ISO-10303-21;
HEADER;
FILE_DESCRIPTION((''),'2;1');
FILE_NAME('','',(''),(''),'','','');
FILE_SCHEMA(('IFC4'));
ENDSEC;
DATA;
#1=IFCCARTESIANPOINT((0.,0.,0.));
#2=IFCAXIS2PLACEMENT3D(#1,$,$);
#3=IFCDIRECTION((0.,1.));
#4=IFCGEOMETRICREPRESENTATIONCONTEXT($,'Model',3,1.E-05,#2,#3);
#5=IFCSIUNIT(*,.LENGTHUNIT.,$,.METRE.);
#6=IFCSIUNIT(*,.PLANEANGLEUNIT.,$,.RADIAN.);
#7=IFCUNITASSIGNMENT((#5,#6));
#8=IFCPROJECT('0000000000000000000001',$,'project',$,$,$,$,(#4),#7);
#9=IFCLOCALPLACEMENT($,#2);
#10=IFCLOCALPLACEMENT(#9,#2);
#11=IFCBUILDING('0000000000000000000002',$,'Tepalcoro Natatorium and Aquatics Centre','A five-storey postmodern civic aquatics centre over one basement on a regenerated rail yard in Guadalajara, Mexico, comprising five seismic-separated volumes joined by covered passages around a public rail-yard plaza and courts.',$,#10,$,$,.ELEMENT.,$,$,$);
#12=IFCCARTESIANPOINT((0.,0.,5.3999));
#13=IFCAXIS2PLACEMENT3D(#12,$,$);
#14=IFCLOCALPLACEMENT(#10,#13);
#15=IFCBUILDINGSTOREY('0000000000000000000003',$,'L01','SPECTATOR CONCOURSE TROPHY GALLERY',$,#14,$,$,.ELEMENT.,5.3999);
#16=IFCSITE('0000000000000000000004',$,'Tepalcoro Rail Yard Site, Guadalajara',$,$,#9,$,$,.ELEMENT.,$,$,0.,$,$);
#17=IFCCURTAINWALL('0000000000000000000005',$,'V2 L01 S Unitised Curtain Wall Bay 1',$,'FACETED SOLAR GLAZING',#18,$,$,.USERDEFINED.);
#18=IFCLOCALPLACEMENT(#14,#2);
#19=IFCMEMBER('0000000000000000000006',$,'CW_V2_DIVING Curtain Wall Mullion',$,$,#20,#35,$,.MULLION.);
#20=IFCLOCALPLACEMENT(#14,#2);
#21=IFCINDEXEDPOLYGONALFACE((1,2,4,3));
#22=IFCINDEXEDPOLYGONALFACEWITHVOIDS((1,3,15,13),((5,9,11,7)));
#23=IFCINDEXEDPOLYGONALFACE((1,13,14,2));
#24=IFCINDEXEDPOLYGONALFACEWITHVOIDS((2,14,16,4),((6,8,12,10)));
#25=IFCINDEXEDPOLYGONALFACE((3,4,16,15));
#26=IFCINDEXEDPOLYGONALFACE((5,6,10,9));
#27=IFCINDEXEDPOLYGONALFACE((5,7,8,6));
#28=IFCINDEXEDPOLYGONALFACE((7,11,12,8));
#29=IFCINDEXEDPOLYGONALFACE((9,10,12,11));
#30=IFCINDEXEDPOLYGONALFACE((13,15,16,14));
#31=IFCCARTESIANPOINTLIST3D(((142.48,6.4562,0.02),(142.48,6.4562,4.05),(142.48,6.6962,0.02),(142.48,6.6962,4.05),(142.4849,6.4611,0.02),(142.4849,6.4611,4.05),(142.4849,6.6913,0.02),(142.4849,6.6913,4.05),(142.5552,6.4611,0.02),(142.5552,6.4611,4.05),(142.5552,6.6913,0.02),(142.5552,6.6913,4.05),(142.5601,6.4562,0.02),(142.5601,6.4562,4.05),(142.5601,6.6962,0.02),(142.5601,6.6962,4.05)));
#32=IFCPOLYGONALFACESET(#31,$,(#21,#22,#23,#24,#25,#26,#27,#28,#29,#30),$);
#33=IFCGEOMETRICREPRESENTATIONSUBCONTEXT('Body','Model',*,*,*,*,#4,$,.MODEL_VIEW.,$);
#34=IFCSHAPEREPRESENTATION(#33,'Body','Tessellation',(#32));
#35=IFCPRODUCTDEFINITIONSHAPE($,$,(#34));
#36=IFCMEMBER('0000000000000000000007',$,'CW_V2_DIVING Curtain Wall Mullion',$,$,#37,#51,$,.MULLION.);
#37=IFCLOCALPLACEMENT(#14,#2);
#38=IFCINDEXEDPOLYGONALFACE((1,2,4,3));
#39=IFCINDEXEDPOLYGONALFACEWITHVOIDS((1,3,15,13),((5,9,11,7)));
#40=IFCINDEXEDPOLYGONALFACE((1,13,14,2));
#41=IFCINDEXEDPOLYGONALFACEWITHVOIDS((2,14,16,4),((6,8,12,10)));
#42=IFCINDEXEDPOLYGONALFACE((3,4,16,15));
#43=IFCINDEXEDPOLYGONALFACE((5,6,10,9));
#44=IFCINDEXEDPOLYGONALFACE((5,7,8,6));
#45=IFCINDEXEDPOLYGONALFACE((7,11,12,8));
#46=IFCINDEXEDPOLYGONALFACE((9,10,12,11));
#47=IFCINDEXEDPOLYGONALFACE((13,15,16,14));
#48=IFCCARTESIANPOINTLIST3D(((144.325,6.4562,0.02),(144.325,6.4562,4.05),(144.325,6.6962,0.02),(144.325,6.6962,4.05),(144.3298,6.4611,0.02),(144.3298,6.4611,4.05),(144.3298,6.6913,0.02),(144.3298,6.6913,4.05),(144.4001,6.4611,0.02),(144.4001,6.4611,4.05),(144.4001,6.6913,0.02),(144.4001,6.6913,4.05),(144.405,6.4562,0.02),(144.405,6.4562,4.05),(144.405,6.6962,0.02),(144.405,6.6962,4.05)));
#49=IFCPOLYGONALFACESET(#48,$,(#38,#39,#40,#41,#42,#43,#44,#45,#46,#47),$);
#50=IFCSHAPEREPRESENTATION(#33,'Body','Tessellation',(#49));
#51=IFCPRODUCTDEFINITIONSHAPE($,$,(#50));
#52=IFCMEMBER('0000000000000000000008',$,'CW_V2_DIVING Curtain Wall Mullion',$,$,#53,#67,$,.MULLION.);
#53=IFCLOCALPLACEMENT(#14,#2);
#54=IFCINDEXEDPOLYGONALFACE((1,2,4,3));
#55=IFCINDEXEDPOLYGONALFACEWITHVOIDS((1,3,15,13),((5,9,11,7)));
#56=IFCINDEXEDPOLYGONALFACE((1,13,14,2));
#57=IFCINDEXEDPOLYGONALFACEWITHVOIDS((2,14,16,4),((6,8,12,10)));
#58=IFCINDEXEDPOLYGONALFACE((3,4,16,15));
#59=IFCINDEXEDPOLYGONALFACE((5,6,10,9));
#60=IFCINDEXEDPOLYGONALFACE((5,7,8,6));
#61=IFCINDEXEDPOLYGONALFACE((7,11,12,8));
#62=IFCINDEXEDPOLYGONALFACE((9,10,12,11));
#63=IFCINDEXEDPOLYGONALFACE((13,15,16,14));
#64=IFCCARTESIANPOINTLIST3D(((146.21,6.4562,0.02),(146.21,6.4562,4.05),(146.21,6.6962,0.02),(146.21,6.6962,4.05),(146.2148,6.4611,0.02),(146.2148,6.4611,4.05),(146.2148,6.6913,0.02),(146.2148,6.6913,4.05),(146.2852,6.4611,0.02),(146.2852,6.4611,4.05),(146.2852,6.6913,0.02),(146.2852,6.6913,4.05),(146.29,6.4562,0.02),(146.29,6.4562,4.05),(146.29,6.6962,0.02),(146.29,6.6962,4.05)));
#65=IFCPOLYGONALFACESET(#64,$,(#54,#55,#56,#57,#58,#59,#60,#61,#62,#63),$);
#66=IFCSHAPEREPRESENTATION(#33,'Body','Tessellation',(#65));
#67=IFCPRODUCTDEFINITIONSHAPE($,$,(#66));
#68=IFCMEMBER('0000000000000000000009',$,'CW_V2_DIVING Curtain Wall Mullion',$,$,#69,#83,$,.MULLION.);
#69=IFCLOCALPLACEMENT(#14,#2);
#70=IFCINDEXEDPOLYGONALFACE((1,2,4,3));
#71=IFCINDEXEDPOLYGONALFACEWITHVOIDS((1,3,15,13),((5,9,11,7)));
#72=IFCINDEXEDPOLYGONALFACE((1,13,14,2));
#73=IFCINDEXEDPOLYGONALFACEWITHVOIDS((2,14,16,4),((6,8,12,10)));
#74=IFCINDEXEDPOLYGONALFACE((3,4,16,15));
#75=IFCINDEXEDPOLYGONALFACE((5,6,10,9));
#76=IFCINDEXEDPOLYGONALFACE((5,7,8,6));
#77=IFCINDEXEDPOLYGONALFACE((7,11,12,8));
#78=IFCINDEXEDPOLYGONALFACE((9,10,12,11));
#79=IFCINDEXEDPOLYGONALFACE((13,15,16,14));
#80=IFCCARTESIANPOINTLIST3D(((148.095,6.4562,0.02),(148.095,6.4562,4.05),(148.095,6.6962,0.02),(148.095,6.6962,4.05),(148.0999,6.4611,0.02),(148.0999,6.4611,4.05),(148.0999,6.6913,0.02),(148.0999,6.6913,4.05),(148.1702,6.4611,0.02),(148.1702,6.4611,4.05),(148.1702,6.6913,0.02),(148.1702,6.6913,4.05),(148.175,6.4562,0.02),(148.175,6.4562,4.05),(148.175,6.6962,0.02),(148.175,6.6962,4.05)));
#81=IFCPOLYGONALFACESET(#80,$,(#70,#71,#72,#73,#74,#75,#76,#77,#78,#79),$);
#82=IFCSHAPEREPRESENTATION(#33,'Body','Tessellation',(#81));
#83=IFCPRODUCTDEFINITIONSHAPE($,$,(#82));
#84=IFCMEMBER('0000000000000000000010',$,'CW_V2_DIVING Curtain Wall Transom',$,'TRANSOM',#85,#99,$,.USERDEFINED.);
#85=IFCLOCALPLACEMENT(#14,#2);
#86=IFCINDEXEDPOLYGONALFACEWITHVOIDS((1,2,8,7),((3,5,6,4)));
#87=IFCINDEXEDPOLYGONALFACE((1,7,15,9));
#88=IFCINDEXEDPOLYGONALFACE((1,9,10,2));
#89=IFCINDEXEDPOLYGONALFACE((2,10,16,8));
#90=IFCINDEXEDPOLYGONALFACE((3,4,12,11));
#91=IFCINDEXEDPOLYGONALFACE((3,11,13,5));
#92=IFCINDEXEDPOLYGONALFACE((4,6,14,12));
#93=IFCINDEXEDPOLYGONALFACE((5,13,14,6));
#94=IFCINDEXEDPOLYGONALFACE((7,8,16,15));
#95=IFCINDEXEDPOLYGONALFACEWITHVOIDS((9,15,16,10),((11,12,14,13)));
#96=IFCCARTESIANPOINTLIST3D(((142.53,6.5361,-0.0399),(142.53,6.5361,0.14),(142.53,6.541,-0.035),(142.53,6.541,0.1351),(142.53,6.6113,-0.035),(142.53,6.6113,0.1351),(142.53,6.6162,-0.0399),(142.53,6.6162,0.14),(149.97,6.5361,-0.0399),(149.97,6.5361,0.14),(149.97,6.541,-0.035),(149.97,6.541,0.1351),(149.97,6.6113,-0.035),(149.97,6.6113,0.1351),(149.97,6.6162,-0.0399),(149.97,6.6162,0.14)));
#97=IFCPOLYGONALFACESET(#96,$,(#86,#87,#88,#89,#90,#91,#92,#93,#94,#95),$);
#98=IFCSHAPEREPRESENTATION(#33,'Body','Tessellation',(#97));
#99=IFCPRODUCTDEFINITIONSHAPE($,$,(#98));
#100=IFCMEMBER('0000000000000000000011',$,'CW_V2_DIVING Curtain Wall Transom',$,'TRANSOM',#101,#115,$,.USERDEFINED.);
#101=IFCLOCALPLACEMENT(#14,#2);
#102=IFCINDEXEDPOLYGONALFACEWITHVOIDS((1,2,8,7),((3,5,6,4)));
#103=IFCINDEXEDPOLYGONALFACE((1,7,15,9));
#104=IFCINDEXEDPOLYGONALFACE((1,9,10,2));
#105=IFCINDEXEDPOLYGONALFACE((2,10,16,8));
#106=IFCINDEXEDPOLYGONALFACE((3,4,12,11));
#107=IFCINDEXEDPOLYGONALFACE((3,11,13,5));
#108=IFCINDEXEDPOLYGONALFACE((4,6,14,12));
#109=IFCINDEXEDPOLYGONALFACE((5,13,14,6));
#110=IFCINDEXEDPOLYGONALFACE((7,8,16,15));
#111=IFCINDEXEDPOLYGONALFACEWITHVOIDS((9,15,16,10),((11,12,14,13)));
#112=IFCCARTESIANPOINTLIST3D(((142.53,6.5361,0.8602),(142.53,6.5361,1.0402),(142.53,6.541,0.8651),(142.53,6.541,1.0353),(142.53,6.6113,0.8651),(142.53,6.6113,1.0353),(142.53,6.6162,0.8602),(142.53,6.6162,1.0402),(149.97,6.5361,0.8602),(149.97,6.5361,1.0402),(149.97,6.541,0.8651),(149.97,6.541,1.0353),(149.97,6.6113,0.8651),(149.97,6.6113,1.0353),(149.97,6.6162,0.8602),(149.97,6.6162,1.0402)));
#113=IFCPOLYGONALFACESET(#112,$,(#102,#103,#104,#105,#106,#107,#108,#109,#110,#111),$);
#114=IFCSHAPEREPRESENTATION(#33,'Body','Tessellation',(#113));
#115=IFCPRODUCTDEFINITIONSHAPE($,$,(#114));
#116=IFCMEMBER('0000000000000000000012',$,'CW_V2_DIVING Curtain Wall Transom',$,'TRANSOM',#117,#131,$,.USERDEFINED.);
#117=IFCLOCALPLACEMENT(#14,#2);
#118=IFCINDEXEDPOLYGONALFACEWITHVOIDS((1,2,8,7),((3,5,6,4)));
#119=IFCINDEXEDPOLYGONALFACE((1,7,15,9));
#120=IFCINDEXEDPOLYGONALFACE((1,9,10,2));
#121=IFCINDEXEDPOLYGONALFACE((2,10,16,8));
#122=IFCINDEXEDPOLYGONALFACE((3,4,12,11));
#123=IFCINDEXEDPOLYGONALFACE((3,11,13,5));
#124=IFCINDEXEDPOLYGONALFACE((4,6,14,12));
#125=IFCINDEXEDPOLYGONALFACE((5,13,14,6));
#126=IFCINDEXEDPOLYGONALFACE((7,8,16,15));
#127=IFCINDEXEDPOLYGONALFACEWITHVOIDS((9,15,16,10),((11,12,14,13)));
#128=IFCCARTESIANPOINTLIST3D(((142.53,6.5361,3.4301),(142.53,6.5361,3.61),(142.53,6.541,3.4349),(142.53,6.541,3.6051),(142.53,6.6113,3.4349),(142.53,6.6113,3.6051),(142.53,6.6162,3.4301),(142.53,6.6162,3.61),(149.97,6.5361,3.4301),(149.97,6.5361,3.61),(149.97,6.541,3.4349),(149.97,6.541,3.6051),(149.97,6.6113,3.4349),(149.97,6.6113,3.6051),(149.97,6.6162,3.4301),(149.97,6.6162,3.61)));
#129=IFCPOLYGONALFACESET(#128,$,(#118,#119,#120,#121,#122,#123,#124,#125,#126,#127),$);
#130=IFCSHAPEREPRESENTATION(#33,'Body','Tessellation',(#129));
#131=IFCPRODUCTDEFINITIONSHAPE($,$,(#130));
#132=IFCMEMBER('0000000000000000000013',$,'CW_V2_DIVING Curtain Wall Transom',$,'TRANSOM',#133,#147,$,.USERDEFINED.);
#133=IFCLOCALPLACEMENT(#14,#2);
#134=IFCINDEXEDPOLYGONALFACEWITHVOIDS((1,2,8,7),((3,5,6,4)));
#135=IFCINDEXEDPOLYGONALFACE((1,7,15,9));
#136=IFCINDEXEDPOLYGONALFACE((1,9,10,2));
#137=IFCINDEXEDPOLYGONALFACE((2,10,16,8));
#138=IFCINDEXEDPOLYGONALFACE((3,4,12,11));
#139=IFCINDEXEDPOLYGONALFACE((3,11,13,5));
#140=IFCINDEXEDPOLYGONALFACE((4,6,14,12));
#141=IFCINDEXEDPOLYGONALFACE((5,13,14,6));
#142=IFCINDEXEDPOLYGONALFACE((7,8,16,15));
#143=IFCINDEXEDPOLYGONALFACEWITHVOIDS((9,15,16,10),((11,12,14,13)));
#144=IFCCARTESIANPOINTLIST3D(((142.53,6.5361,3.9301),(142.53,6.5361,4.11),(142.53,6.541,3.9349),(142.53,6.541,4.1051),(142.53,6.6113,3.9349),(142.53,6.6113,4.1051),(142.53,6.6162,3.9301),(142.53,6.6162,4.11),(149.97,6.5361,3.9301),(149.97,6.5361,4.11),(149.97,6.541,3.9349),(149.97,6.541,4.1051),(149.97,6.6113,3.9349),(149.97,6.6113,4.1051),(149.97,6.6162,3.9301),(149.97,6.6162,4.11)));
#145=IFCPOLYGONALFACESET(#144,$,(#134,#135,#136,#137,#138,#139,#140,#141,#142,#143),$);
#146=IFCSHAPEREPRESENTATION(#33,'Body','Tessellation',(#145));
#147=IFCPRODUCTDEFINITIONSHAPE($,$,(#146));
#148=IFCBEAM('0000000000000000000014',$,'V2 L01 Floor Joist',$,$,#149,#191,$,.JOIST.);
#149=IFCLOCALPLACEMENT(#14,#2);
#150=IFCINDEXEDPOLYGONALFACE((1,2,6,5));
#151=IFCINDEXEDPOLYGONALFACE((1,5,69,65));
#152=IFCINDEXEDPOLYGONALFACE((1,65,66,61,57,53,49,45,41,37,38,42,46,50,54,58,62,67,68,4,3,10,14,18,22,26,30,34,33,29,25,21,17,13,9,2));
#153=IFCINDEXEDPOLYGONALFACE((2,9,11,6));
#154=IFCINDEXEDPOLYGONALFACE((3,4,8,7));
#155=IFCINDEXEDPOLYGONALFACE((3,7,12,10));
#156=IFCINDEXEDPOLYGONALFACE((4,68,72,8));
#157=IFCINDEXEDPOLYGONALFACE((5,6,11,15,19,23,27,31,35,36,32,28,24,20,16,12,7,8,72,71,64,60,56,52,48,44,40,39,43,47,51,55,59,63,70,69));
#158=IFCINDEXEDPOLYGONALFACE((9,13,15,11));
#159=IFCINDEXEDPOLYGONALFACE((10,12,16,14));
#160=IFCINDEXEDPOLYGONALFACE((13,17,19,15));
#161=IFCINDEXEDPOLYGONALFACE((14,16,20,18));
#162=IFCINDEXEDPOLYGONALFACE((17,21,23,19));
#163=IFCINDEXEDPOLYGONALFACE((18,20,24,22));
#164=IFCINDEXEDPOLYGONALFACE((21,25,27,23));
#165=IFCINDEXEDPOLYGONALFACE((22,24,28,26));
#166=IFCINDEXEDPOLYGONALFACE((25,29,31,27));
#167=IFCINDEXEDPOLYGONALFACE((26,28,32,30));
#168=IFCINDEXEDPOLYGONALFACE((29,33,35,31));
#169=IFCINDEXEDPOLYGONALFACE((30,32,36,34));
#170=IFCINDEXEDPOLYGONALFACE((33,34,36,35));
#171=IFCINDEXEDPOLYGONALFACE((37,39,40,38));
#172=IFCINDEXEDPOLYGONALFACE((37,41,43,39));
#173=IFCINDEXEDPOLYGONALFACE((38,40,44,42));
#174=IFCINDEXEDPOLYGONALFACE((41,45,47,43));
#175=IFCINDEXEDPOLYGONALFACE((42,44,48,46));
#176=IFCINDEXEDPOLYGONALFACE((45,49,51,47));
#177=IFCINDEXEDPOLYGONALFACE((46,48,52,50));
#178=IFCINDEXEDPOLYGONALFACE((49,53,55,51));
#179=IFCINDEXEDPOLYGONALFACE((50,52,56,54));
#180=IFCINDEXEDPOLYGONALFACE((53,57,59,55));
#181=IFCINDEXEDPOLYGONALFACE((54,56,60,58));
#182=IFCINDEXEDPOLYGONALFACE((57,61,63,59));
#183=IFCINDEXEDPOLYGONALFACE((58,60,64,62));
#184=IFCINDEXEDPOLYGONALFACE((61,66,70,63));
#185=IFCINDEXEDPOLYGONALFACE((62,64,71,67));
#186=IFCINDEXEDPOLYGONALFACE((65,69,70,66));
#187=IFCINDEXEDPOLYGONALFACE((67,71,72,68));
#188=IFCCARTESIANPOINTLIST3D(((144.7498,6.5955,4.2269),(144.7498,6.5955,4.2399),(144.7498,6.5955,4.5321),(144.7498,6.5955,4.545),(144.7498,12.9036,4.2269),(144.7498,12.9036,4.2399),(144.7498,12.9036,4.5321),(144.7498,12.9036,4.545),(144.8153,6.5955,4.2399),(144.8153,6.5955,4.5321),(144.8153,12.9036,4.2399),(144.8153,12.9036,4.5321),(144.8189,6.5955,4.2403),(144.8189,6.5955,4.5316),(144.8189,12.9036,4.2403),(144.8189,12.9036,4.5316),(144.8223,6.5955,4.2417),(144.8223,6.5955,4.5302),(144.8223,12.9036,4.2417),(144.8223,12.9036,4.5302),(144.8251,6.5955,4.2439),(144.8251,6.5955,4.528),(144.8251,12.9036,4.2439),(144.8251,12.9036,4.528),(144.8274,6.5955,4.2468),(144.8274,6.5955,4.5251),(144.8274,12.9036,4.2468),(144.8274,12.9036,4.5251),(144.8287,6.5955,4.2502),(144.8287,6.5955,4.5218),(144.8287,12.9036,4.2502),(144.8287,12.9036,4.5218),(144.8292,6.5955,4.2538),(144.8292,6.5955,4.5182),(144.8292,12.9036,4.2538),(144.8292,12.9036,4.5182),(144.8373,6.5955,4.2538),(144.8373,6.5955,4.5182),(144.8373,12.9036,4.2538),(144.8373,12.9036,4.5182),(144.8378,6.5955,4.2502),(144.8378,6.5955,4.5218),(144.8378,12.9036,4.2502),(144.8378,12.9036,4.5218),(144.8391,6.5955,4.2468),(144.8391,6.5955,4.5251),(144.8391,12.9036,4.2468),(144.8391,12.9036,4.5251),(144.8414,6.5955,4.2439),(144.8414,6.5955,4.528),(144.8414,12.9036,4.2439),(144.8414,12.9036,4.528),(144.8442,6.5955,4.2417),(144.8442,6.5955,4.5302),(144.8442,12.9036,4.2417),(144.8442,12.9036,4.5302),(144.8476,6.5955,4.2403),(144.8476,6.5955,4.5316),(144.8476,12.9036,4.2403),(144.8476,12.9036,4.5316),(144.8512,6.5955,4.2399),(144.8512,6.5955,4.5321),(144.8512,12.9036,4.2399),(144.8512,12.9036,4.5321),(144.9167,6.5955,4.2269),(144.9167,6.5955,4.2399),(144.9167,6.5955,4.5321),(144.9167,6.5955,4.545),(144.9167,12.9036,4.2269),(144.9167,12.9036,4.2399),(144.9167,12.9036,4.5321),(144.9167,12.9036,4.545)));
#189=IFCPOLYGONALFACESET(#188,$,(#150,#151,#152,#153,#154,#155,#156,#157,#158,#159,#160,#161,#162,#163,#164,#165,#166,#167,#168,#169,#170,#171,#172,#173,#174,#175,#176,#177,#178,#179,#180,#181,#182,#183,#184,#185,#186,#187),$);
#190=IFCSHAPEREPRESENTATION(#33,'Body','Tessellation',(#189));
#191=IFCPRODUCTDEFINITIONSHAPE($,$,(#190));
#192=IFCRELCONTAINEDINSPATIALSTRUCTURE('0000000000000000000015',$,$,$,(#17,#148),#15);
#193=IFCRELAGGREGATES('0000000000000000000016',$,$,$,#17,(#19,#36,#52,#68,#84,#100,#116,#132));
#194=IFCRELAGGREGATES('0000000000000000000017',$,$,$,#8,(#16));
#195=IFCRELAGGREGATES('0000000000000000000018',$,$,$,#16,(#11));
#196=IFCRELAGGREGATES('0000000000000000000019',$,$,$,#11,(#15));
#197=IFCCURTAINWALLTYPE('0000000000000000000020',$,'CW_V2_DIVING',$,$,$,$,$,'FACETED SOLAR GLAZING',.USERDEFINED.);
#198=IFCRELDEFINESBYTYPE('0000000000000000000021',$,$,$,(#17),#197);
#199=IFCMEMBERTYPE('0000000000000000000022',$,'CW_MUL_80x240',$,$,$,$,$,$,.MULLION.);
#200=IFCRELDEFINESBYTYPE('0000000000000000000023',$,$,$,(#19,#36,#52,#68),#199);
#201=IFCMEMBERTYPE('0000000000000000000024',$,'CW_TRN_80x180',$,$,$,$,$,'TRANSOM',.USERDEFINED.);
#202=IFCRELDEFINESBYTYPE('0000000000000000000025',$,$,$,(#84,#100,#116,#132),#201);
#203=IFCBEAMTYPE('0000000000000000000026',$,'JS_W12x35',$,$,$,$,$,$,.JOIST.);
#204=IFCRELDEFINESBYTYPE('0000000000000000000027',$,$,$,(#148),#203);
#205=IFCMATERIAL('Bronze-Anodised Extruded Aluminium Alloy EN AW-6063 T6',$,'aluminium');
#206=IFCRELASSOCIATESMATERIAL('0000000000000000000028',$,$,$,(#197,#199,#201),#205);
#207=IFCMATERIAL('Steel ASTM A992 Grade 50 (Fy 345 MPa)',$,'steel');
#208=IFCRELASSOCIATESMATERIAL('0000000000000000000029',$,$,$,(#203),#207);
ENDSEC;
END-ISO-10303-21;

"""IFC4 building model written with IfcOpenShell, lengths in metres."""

from ifc_helpers import new_model, si_unit, direction, frame, origin, origin_2d, place, context, subcontext, project, spatial, hollow_rectangle, i_section, extrude, material, material_profile, profile_set, type_object, element, aggregate, save


model = new_model("IFC4")

# Units and contexts
model_context = context("Model", 3, precision=1e-05, world=origin(), true_north=direction((0.0, 1.0)))
body_context = subcontext(model_context, "Body", "Model", "MODEL_VIEW")
ifc_project = project(units=[si_unit("LENGTHUNIT", "METRE"), si_unit("PLANEANGLEUNIT", "RADIAN")], contexts=[model_context])

# Site, building, storey
site_placement = place(None, origin())
site = spatial("IfcSite", under=ifc_project, at=site_placement, Name="Tepalcoro Rail Yard Site, Guadalajara", CompositionType="ELEMENT", RefElevation=0.0)
building_placement = place(site_placement, origin())
building = spatial("IfcBuilding", under=site, at=building_placement, Name="Tepalcoro Natatorium and Aquatics Centre", Description="A five-storey postmodern civic aquatics centre over one basement on a regenerated rail yard in Guadalajara, Mexico, comprising five seismic-separated volumes joined by covered passages around a public rail-yard plaza and courts.", CompositionType="ELEMENT")
storey_placement = place(building_placement, frame((0.0, 0.0, 5.3999)))
storey = spatial("IfcBuildingStorey", under=building, at=storey_placement, Name="L01", Description="SPECTATOR CONCOURSE TROPHY GALLERY", CompositionType="ELEMENT", Elevation=5.3999)

# Curtain wall, members
ifc_material_1 = material(Name="Bronze-Anodised Extruded Aluminium Alloy EN AW-6063 T6", Category="aluminium")
curtain_wall_type = type_object("IfcCurtainWallType", Name="CW_V2_DIVING", ElementType="FACETED SOLAR GLAZING", PredefinedType="USERDEFINED", material=ifc_material_1)
curtain_wall_placement = place(storey_placement, origin())
curtain_wall = element("IfcCurtainWall", 1, at=curtain_wall_placement, inside=storey, type_object=curtain_wall_type, Name="V2 L01 S Unitised Curtain Wall Bay 1", ObjectType="FACETED SOLAR GLAZING", PredefinedType="USERDEFINED")
ifc_material_profile_1 = material_profile(ifc_material_1, hollow_rectangle(XDim=0.0801, YDim=0.24, WallThickness=0.0049, at=origin_2d()), Name="AL80X240X5")
ifc_profile_set_1 = profile_set([ifc_material_profile_1], Name="Bronze-Anodised Extruded Aluminium Alloy EN AW-6063 T6")
member_type_1 = type_object("IfcMemberType", Name="CW_MUL_80x240", PredefinedType="MULLION", material=ifc_profile_set_1)
member_1_placement = place(storey_placement, frame((142.52, 6.5762, 0.02), z_axis=(0.0, 0.0, 1.0), x_axis=(1.0, 0.0, 0.0)))
member_1 = element("IfcMember", 2, at=member_1_placement, type_object=member_type_1, Name="CW_V2_DIVING Curtain Wall Mullion", PredefinedType="MULLION", context=body_context, shape_type="SweptSolid", body=[
    extrude(hollow_rectangle(XDim=0.0801, YDim=0.24, WallThickness=0.0049, at=origin_2d()), origin(), (0.0, 0.0, 1.0), 4.03),
])
member_2_placement = place(storey_placement, frame((144.365, 6.5762, 0.02), z_axis=(0.0, 0.0, 1.0), x_axis=(1.0, 0.0, 0.0)))
member_2 = element("IfcMember", 3, at=member_2_placement, type_object=member_type_1, Name="CW_V2_DIVING Curtain Wall Mullion", PredefinedType="MULLION", context=body_context, shape_type="SweptSolid", body=[
    extrude(hollow_rectangle(XDim=0.0801, YDim=0.24, WallThickness=0.0049, at=origin_2d()), origin(), (0.0, 0.0, 1.0), 4.03),
])
member_3_placement = place(storey_placement, frame((146.25, 6.5762, 0.02), z_axis=(0.0, 0.0, 1.0), x_axis=(1.0, 0.0, 0.0)))
member_3 = element("IfcMember", 4, at=member_3_placement, type_object=member_type_1, Name="CW_V2_DIVING Curtain Wall Mullion", PredefinedType="MULLION", context=body_context, shape_type="SweptSolid", body=[
    extrude(hollow_rectangle(XDim=0.0801, YDim=0.24, WallThickness=0.0049, at=origin_2d()), origin(), (0.0, 0.0, 1.0), 4.03),
])
member_4_placement = place(storey_placement, frame((148.135, 6.5762, 0.02), z_axis=(0.0, 0.0, 1.0), x_axis=(1.0, 0.0, 0.0)))
member_4 = element("IfcMember", 5, at=member_4_placement, type_object=member_type_1, Name="CW_V2_DIVING Curtain Wall Mullion", PredefinedType="MULLION", context=body_context, shape_type="SweptSolid", body=[
    extrude(hollow_rectangle(XDim=0.0801, YDim=0.24, WallThickness=0.0049, at=origin_2d()), origin(), (0.0, 0.0, 1.0), 4.03),
])
ifc_material_profile_2 = material_profile(ifc_material_1, hollow_rectangle(XDim=0.0801, YDim=0.1799, WallThickness=0.0049, at=origin_2d()), Name="AL80X180X5")
ifc_profile_set_2 = profile_set([ifc_material_profile_2], Name="Bronze-Anodised Extruded Aluminium Alloy EN AW-6063 T6")
member_type_2 = type_object("IfcMemberType", Name="CW_TRN_80x180", ElementType="TRANSOM", PredefinedType="USERDEFINED", material=ifc_profile_set_2)
member_5_placement = place(storey_placement, frame((142.53, 6.5762, 0.05), z_axis=(1.0, 0.0, 0.0), x_axis=(0.0, 1.0, 0.0)))
member_5 = element("IfcMember", 6, at=member_5_placement, type_object=member_type_2, Name="CW_V2_DIVING Curtain Wall Transom", ObjectType="TRANSOM", PredefinedType="USERDEFINED", context=body_context, shape_type="SweptSolid", body=[
    extrude(hollow_rectangle(XDim=0.0801, YDim=0.1799, WallThickness=0.0049, at=origin_2d()), origin(), (0.0, 0.0, 1.0), 7.4399),
])
member_6_placement = place(storey_placement, frame((142.53, 6.5762, 0.9502), z_axis=(1.0, 0.0, 0.0), x_axis=(0.0, 1.0, 0.0)))
member_6 = element("IfcMember", 7, at=member_6_placement, type_object=member_type_2, Name="CW_V2_DIVING Curtain Wall Transom", ObjectType="TRANSOM", PredefinedType="USERDEFINED", context=body_context, shape_type="SweptSolid", body=[
    extrude(hollow_rectangle(XDim=0.0801, YDim=0.1799, WallThickness=0.0049, at=origin_2d()), origin(), (0.0, 0.0, 1.0), 7.4399),
])
member_7_placement = place(storey_placement, frame((142.53, 6.5762, 3.52), z_axis=(1.0, 0.0, 0.0), x_axis=(0.0, 1.0, 0.0)))
member_7 = element("IfcMember", 8, at=member_7_placement, type_object=member_type_2, Name="CW_V2_DIVING Curtain Wall Transom", ObjectType="TRANSOM", PredefinedType="USERDEFINED", context=body_context, shape_type="SweptSolid", body=[
    extrude(hollow_rectangle(XDim=0.0801, YDim=0.1799, WallThickness=0.0049, at=origin_2d()), origin(), (0.0, 0.0, 1.0), 7.4399),
])
member_8_placement = place(storey_placement, frame((142.53, 6.5762, 4.02), z_axis=(1.0, 0.0, 0.0), x_axis=(0.0, 1.0, 0.0)))
member_8 = element("IfcMember", 9, at=member_8_placement, type_object=member_type_2, Name="CW_V2_DIVING Curtain Wall Transom", ObjectType="TRANSOM", PredefinedType="USERDEFINED", context=body_context, shape_type="SweptSolid", body=[
    extrude(hollow_rectangle(XDim=0.0801, YDim=0.1799, WallThickness=0.0049, at=origin_2d()), origin(), (0.0, 0.0, 1.0), 7.4399),
])

# Beam
ifc_material_2 = material(Name="Steel ASTM A992 Grade 50 (Fy 345 MPa)", Category="steel")
ifc_material_profile_3 = material_profile(ifc_material_2, i_section(OverallWidth=0.167, OverallDepth=0.3181, WebThickness=0.0081, FlangeThickness=0.0129, FilletRadius=0.0139, at=origin_2d()), Name="W12X35")
ifc_profile_set_3 = profile_set([ifc_material_profile_3], Name="Steel ASTM A992 Grade 50 (Fy 345 MPa)")
beam_type_1 = type_object("IfcBeamType", Name="JS_W12x35", PredefinedType="JOIST", material=ifc_profile_set_3)
beam_1_placement = place(storey_placement, frame((144.8333, 6.5955, 4.386), z_axis=(0.0, 1.0, 0.0), x_axis=(-1.0, 0.0, 0.0)))
element("IfcBeam", 10, at=beam_1_placement, inside=storey, type_object=beam_type_1, Name="V2 L01 Floor Joist", PredefinedType="JOIST", context=body_context, shape_type="SweptSolid", body=[
    extrude(i_section(OverallWidth=0.167, OverallDepth=0.3181, WebThickness=0.0081, FlangeThickness=0.0129, FilletRadius=0.0139, at=origin_2d()), origin(), (0.0, 0.0, 1.0), 6.3081),
])

aggregate(curtain_wall, [member_1, member_2, member_3, member_4, member_5, member_6, member_7, member_8])

save(model, "model.ifc")
